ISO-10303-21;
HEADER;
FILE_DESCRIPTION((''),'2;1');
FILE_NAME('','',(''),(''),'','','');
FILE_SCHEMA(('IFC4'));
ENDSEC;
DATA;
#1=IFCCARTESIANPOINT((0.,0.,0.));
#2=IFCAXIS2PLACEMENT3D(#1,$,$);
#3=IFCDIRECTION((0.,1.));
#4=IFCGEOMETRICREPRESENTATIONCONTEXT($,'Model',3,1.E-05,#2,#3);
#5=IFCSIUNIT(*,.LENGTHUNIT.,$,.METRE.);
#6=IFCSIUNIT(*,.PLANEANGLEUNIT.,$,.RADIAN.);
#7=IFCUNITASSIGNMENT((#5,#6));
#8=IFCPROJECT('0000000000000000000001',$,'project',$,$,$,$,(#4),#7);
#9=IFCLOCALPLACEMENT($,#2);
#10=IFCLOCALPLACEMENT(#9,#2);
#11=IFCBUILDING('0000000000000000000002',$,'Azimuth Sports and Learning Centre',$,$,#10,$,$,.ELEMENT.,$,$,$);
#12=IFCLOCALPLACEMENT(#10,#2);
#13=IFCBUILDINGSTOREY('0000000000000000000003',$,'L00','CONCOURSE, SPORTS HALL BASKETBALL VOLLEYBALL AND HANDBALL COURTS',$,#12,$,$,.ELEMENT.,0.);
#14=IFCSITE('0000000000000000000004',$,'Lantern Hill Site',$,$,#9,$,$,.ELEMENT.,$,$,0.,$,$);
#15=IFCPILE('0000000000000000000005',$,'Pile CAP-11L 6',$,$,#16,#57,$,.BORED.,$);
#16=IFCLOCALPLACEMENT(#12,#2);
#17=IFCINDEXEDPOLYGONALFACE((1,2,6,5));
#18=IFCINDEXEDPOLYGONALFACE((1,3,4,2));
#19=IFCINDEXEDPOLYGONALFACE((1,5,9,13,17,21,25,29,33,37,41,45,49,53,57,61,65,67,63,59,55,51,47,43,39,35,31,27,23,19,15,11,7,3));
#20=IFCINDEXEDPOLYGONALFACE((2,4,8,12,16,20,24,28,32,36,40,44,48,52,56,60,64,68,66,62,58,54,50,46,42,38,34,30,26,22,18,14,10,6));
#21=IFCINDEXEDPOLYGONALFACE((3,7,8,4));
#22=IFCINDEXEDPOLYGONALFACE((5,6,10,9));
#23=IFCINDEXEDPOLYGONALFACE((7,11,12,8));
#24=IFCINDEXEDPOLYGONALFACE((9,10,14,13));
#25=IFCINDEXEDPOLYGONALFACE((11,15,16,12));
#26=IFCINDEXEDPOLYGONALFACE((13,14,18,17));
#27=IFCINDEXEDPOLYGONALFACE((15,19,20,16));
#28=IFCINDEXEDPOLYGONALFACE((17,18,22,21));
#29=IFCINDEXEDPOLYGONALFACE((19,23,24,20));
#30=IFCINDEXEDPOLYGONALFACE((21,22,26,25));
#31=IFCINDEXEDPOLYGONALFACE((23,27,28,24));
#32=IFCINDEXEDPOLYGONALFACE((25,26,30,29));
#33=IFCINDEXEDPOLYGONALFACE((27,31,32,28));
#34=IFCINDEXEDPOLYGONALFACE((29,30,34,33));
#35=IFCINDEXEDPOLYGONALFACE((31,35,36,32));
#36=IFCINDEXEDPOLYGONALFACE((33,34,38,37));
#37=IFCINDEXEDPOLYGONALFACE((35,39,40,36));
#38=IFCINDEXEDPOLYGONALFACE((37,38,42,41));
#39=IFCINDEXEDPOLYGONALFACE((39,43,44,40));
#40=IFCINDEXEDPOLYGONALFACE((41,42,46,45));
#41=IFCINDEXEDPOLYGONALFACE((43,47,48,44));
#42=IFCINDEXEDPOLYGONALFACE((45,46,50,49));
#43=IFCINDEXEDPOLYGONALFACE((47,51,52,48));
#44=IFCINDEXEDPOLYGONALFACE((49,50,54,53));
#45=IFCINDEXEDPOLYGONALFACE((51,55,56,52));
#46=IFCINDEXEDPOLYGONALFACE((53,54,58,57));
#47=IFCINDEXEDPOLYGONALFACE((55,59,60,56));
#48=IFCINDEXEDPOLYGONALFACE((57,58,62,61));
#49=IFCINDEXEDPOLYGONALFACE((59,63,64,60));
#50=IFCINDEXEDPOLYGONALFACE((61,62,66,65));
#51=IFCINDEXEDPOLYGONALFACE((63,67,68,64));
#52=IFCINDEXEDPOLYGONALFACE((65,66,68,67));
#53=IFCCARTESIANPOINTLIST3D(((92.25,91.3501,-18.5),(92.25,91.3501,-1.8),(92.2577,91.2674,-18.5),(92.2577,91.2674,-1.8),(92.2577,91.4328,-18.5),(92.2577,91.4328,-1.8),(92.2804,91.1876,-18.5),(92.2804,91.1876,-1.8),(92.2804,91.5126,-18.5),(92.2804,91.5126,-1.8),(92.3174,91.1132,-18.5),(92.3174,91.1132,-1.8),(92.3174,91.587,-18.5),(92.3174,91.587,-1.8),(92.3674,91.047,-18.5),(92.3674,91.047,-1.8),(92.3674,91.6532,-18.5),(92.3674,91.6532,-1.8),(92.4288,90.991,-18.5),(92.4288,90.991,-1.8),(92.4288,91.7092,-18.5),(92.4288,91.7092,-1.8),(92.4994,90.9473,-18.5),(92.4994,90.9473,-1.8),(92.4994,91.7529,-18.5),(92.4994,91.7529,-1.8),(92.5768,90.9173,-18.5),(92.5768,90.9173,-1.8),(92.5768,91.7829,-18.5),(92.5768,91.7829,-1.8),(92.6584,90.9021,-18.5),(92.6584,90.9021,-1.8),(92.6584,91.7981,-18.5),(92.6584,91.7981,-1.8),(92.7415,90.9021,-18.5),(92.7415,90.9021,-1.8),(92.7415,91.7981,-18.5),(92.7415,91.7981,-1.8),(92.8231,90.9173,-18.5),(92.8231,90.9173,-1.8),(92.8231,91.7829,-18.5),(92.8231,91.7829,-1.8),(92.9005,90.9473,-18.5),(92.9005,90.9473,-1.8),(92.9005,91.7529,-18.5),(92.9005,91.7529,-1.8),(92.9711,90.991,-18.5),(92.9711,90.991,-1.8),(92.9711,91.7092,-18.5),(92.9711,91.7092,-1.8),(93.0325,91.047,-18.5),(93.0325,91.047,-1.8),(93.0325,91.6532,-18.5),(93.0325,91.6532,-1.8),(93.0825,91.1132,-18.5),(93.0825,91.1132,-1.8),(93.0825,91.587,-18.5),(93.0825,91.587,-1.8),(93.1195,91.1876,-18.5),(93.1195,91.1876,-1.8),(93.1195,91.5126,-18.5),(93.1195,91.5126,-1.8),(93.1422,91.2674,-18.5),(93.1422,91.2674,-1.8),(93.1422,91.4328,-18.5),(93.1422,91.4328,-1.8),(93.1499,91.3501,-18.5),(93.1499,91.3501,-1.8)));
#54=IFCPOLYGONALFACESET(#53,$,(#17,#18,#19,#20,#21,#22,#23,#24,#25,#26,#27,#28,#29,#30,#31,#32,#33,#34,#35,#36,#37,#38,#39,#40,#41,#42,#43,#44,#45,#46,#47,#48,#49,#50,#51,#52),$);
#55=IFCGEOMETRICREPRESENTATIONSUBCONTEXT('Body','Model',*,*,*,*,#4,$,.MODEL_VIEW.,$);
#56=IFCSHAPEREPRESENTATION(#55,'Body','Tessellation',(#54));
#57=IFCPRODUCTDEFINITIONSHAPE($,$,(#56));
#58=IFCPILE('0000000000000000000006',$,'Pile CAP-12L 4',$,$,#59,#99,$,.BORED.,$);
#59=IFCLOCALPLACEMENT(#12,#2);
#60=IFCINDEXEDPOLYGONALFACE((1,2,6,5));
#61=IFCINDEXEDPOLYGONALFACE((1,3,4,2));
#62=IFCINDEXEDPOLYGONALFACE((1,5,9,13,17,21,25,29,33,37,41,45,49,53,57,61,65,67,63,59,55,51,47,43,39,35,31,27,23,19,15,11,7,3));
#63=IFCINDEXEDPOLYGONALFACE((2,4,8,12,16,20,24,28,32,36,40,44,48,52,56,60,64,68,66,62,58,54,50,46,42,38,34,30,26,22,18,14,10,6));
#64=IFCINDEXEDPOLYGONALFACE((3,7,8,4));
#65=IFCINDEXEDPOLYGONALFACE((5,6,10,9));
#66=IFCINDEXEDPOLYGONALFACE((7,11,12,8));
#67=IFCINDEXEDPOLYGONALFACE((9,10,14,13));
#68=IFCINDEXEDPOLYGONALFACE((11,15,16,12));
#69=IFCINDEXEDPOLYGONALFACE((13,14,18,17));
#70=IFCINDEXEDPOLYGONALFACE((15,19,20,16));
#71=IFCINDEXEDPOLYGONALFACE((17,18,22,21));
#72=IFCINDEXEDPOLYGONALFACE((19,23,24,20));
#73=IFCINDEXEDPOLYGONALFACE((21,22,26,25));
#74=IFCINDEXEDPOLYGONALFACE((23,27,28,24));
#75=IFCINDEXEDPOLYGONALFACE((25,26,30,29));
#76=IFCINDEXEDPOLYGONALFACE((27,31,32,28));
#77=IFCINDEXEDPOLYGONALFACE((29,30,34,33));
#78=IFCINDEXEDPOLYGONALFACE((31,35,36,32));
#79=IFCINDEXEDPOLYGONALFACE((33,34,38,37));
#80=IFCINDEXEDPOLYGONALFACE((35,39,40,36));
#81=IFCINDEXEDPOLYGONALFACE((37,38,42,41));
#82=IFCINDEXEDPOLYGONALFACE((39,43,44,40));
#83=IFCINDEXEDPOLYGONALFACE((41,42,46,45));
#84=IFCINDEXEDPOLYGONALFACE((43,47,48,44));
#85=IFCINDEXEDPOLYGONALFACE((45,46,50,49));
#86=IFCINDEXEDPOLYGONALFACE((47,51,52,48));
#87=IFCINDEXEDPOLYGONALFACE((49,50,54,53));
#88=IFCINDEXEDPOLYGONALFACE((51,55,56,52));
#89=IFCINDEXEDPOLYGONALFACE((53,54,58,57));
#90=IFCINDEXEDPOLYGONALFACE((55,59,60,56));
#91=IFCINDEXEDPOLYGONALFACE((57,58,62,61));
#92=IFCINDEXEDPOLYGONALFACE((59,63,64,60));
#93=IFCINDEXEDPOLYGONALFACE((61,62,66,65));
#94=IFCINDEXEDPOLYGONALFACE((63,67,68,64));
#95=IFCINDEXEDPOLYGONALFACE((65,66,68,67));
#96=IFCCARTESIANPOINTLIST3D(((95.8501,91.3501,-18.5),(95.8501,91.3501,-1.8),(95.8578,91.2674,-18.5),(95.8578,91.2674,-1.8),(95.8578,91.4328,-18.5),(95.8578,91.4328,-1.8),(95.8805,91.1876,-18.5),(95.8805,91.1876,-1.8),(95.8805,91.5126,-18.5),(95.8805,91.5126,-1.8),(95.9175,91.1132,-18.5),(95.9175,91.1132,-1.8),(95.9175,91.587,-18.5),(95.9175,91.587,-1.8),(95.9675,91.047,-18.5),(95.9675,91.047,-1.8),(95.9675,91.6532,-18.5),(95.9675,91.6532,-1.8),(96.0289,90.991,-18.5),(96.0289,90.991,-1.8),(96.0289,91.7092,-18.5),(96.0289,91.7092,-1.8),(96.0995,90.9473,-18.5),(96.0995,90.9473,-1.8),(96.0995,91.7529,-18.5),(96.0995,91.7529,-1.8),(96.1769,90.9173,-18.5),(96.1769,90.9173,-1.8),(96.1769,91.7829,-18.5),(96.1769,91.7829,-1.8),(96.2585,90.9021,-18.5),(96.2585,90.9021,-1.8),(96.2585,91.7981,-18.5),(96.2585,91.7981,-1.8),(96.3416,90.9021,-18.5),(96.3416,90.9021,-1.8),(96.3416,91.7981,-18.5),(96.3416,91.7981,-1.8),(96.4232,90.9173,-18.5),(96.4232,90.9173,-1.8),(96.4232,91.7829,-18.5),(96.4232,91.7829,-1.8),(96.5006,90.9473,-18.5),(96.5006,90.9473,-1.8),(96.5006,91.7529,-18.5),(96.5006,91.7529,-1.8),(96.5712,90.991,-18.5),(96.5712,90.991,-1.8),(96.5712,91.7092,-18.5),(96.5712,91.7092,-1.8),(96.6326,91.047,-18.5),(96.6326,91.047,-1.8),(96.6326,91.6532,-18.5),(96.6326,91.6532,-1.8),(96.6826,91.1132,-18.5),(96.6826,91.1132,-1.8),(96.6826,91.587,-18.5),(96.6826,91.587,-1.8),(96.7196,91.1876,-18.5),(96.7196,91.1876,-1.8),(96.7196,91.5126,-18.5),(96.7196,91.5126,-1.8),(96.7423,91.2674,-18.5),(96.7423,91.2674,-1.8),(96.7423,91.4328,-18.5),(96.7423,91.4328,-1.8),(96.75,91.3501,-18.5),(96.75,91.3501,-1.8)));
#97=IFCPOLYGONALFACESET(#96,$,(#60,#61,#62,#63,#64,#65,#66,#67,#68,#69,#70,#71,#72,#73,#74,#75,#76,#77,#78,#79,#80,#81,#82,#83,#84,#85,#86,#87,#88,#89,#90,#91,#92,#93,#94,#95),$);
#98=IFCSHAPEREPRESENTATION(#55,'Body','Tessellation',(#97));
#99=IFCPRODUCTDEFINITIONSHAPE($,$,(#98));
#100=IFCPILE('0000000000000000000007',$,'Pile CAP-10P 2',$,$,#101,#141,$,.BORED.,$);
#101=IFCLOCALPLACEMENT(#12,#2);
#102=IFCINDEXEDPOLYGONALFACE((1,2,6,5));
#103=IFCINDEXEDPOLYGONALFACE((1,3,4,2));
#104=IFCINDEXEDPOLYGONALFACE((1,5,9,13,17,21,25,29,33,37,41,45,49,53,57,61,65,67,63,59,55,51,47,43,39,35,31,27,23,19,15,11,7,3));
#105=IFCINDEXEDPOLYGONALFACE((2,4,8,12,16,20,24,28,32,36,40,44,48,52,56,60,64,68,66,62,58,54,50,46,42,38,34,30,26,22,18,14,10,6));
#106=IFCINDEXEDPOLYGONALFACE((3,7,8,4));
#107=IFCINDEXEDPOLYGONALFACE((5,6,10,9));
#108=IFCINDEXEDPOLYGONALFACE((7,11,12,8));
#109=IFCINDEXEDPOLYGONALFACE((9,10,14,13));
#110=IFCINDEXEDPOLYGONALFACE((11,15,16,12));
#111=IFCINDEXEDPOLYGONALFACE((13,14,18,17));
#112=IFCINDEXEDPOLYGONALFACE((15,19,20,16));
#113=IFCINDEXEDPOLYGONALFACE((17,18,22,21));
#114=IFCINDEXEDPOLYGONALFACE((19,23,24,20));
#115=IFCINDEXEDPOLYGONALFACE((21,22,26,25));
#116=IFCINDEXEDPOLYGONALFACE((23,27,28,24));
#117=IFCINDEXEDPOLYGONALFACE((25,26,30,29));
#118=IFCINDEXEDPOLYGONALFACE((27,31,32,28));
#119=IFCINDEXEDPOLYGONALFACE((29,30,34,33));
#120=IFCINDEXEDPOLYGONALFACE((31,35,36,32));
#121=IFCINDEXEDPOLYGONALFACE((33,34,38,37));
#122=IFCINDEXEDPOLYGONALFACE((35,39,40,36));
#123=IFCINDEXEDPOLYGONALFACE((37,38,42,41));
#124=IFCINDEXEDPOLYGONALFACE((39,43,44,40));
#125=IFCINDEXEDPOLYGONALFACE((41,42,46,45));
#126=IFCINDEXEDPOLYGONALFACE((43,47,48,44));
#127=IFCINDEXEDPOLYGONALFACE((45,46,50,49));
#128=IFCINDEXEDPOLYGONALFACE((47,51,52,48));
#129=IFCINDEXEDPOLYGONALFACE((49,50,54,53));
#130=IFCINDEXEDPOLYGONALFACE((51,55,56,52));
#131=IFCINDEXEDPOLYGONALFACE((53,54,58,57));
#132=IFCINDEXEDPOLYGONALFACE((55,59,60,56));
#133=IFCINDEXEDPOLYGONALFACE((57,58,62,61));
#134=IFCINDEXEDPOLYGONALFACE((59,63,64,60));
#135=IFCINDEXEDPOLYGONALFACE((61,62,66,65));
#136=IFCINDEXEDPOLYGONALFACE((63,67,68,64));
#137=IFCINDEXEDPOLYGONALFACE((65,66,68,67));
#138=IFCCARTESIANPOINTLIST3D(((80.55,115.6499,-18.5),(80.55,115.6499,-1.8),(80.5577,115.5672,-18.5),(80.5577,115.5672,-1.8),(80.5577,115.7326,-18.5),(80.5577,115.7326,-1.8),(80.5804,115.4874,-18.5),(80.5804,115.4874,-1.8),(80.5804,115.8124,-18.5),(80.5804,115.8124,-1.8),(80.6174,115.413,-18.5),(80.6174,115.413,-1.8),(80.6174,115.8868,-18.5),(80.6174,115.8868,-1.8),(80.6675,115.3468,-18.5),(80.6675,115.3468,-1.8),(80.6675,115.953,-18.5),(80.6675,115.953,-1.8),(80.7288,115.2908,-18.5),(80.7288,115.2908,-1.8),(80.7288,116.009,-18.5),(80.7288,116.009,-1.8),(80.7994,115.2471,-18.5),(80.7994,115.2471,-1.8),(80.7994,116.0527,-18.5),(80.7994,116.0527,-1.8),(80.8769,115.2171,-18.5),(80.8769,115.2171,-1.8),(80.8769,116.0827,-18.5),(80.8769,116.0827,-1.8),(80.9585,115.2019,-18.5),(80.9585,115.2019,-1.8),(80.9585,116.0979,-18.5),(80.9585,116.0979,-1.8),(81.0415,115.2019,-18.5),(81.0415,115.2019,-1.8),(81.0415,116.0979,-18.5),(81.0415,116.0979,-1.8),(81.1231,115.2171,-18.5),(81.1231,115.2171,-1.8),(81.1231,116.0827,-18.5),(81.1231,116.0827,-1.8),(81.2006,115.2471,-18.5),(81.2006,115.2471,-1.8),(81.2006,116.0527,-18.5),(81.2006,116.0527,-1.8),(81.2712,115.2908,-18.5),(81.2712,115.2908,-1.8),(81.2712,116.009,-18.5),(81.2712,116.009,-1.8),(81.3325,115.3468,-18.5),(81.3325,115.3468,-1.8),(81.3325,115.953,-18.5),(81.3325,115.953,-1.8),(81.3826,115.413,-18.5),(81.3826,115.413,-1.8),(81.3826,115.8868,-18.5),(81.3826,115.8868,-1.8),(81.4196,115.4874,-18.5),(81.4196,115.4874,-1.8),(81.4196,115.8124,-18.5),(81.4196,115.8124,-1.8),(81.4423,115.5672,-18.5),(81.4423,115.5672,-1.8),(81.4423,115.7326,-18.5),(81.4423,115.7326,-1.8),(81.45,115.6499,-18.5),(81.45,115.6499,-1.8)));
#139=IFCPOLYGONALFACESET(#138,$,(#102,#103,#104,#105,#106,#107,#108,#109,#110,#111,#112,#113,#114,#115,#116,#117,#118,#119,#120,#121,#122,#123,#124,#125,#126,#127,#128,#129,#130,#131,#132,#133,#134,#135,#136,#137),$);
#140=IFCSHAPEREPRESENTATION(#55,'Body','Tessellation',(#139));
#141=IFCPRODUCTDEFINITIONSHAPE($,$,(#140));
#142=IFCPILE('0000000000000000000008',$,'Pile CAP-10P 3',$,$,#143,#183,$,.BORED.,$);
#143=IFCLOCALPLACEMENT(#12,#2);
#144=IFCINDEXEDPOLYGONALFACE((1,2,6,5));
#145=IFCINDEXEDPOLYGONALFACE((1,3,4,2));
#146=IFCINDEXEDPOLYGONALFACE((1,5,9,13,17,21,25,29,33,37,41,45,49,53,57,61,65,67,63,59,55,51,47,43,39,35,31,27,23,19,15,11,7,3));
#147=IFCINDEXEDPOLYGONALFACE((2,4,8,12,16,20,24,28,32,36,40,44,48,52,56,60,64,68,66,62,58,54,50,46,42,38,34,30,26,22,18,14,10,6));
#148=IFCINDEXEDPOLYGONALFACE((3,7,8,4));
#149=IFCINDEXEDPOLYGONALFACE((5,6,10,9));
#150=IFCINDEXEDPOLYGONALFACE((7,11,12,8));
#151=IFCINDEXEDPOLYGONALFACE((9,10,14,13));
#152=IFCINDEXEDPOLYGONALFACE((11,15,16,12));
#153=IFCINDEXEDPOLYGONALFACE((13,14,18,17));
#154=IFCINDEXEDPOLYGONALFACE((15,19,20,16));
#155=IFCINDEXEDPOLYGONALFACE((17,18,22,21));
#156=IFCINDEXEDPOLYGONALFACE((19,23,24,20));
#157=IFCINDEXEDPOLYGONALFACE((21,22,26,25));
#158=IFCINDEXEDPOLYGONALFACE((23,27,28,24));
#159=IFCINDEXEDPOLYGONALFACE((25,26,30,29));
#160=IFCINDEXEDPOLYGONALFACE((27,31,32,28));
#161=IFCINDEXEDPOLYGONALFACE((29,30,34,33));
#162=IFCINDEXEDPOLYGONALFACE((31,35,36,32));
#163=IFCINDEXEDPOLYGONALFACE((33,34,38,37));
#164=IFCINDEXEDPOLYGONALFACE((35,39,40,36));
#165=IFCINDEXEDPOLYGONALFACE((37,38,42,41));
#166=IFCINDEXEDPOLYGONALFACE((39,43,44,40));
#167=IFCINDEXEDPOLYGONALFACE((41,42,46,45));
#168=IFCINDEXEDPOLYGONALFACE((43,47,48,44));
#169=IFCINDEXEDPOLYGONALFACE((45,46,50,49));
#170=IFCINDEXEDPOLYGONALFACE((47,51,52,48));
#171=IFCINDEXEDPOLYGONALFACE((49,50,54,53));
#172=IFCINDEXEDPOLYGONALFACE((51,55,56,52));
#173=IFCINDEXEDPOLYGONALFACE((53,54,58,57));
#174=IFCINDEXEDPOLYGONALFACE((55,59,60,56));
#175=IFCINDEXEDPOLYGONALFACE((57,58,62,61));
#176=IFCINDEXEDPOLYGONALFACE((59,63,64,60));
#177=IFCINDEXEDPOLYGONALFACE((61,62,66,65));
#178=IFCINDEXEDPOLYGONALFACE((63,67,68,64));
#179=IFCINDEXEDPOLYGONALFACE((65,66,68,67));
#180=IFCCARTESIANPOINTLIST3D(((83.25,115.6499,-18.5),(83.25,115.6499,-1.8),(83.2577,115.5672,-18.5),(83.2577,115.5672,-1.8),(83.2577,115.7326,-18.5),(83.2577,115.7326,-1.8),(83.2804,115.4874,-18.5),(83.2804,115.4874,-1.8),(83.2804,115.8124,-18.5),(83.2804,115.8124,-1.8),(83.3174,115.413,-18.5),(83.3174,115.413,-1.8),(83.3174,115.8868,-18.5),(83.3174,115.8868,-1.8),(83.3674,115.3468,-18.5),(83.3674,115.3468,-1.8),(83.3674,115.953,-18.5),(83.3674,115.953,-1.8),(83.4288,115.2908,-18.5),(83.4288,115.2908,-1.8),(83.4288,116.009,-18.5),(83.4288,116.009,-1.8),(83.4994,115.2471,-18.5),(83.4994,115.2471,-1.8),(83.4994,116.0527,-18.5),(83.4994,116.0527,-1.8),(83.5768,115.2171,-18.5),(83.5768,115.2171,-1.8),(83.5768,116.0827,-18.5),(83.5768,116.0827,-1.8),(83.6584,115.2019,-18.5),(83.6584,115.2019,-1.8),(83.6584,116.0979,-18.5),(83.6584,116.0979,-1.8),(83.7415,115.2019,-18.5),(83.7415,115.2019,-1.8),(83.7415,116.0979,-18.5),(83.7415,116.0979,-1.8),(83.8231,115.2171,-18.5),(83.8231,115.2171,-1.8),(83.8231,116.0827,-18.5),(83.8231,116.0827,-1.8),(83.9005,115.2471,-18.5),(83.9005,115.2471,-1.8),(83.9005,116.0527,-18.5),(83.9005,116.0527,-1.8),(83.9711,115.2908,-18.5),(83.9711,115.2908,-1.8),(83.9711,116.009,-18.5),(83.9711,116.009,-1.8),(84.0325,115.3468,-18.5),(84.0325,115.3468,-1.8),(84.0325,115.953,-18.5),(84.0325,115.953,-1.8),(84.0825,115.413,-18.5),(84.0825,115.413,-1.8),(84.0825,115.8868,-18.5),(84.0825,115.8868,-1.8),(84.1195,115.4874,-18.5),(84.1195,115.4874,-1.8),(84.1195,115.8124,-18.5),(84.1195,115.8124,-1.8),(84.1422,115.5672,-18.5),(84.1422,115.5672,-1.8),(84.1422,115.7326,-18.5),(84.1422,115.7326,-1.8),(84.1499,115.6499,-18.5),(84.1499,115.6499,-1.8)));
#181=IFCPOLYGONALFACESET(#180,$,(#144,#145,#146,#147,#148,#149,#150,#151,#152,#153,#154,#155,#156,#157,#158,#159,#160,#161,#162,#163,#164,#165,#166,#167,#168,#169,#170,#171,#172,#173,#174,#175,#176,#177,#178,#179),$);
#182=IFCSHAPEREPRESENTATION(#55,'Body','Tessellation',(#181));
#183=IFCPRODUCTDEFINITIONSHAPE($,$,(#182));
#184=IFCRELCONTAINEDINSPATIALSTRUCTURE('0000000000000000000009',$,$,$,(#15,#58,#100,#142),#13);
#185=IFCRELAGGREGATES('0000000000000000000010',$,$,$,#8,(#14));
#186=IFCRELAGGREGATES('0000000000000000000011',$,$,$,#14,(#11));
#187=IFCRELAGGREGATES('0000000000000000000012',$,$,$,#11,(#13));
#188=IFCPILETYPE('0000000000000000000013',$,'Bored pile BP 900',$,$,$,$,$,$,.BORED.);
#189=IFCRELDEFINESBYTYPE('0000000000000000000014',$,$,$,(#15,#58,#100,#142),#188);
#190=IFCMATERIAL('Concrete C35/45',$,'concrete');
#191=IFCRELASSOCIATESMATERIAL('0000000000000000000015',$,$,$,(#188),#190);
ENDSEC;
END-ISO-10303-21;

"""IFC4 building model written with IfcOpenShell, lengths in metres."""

from ifc_helpers import new_model, si_unit, direction, frame, origin, origin_2d, place, context, subcontext, project, spatial, circle, extrude, material, material_profile, profile_set, type_object, element, save


model = new_model("IFC4")

# Units and contexts
model_context = context("Model", 3, precision=1e-05, world=origin(), true_north=direction((0.0, 1.0)))
body_context = subcontext(model_context, "Body", "Model", "MODEL_VIEW")
ifc_project = project(units=[si_unit("LENGTHUNIT", "METRE"), si_unit("PLANEANGLEUNIT", "RADIAN")], contexts=[model_context])

# Site, building, storey
site_placement = place(None, origin())
site = spatial("IfcSite", under=ifc_project, at=site_placement, Name="Lantern Hill Site", CompositionType="ELEMENT", RefElevation=0.0)
building_placement = place(site_placement, origin())
building = spatial("IfcBuilding", under=site, at=building_placement, Name="Azimuth Sports and Learning Centre", CompositionType="ELEMENT")
storey_placement = place(building_placement, origin())
storey = spatial("IfcBuildingStorey", under=building, at=storey_placement, Name="L00", Description="CONCOURSE, SPORTS HALL BASKETBALL VOLLEYBALL AND HANDBALL COURTS", CompositionType="ELEMENT", Elevation=0.0)

# Piles
ifc_material_1 = material(Name="Concrete C35/45", Category="concrete")
ifc_material_profile_1 = material_profile(ifc_material_1, circle(Radius=0.45, at=origin_2d()), Name="BP 900")
ifc_profile_set_1 = profile_set([ifc_material_profile_1], Name="Concrete C35/45")
pile_type = type_object("IfcPileType", Name="Bored pile BP 900", PredefinedType="BORED", material=ifc_profile_set_1)
for number, where, z_axis, x_axis, name in (
    (1, (92.7, 91.3501, -1.8), (0.0, 0.0, -1.0), (1.0, 0.0, 0.0), "Pile CAP-11L 6"),
    (2, (96.3, 91.3501, -1.8), (0.0, 0.0, -1.0), (1.0, 0.0, 0.0), "Pile CAP-12L 4"),
    (3, (81.0, 115.6499, -1.8), (0.0, 0.0, -1.0), (1.0, 0.0, 0.0), "Pile CAP-10P 2"),
    (4, (83.7, 115.6499, -1.8), (0.0, 0.0, -1.0), (1.0, 0.0, 0.0), "Pile CAP-10P 3"),
):
    element("IfcPile", number, at=place(storey_placement, frame(where, z_axis=z_axis, x_axis=x_axis)), inside=storey, type_object=pile_type, Name=name, PredefinedType="BORED", context=body_context, shape_type="SweptSolid", body=[
        extrude(circle(Radius=0.45, at=origin_2d()), origin(), (0.0, 0.0, 1.0), 16.7),
    ])

save(model, "model.ifc")
